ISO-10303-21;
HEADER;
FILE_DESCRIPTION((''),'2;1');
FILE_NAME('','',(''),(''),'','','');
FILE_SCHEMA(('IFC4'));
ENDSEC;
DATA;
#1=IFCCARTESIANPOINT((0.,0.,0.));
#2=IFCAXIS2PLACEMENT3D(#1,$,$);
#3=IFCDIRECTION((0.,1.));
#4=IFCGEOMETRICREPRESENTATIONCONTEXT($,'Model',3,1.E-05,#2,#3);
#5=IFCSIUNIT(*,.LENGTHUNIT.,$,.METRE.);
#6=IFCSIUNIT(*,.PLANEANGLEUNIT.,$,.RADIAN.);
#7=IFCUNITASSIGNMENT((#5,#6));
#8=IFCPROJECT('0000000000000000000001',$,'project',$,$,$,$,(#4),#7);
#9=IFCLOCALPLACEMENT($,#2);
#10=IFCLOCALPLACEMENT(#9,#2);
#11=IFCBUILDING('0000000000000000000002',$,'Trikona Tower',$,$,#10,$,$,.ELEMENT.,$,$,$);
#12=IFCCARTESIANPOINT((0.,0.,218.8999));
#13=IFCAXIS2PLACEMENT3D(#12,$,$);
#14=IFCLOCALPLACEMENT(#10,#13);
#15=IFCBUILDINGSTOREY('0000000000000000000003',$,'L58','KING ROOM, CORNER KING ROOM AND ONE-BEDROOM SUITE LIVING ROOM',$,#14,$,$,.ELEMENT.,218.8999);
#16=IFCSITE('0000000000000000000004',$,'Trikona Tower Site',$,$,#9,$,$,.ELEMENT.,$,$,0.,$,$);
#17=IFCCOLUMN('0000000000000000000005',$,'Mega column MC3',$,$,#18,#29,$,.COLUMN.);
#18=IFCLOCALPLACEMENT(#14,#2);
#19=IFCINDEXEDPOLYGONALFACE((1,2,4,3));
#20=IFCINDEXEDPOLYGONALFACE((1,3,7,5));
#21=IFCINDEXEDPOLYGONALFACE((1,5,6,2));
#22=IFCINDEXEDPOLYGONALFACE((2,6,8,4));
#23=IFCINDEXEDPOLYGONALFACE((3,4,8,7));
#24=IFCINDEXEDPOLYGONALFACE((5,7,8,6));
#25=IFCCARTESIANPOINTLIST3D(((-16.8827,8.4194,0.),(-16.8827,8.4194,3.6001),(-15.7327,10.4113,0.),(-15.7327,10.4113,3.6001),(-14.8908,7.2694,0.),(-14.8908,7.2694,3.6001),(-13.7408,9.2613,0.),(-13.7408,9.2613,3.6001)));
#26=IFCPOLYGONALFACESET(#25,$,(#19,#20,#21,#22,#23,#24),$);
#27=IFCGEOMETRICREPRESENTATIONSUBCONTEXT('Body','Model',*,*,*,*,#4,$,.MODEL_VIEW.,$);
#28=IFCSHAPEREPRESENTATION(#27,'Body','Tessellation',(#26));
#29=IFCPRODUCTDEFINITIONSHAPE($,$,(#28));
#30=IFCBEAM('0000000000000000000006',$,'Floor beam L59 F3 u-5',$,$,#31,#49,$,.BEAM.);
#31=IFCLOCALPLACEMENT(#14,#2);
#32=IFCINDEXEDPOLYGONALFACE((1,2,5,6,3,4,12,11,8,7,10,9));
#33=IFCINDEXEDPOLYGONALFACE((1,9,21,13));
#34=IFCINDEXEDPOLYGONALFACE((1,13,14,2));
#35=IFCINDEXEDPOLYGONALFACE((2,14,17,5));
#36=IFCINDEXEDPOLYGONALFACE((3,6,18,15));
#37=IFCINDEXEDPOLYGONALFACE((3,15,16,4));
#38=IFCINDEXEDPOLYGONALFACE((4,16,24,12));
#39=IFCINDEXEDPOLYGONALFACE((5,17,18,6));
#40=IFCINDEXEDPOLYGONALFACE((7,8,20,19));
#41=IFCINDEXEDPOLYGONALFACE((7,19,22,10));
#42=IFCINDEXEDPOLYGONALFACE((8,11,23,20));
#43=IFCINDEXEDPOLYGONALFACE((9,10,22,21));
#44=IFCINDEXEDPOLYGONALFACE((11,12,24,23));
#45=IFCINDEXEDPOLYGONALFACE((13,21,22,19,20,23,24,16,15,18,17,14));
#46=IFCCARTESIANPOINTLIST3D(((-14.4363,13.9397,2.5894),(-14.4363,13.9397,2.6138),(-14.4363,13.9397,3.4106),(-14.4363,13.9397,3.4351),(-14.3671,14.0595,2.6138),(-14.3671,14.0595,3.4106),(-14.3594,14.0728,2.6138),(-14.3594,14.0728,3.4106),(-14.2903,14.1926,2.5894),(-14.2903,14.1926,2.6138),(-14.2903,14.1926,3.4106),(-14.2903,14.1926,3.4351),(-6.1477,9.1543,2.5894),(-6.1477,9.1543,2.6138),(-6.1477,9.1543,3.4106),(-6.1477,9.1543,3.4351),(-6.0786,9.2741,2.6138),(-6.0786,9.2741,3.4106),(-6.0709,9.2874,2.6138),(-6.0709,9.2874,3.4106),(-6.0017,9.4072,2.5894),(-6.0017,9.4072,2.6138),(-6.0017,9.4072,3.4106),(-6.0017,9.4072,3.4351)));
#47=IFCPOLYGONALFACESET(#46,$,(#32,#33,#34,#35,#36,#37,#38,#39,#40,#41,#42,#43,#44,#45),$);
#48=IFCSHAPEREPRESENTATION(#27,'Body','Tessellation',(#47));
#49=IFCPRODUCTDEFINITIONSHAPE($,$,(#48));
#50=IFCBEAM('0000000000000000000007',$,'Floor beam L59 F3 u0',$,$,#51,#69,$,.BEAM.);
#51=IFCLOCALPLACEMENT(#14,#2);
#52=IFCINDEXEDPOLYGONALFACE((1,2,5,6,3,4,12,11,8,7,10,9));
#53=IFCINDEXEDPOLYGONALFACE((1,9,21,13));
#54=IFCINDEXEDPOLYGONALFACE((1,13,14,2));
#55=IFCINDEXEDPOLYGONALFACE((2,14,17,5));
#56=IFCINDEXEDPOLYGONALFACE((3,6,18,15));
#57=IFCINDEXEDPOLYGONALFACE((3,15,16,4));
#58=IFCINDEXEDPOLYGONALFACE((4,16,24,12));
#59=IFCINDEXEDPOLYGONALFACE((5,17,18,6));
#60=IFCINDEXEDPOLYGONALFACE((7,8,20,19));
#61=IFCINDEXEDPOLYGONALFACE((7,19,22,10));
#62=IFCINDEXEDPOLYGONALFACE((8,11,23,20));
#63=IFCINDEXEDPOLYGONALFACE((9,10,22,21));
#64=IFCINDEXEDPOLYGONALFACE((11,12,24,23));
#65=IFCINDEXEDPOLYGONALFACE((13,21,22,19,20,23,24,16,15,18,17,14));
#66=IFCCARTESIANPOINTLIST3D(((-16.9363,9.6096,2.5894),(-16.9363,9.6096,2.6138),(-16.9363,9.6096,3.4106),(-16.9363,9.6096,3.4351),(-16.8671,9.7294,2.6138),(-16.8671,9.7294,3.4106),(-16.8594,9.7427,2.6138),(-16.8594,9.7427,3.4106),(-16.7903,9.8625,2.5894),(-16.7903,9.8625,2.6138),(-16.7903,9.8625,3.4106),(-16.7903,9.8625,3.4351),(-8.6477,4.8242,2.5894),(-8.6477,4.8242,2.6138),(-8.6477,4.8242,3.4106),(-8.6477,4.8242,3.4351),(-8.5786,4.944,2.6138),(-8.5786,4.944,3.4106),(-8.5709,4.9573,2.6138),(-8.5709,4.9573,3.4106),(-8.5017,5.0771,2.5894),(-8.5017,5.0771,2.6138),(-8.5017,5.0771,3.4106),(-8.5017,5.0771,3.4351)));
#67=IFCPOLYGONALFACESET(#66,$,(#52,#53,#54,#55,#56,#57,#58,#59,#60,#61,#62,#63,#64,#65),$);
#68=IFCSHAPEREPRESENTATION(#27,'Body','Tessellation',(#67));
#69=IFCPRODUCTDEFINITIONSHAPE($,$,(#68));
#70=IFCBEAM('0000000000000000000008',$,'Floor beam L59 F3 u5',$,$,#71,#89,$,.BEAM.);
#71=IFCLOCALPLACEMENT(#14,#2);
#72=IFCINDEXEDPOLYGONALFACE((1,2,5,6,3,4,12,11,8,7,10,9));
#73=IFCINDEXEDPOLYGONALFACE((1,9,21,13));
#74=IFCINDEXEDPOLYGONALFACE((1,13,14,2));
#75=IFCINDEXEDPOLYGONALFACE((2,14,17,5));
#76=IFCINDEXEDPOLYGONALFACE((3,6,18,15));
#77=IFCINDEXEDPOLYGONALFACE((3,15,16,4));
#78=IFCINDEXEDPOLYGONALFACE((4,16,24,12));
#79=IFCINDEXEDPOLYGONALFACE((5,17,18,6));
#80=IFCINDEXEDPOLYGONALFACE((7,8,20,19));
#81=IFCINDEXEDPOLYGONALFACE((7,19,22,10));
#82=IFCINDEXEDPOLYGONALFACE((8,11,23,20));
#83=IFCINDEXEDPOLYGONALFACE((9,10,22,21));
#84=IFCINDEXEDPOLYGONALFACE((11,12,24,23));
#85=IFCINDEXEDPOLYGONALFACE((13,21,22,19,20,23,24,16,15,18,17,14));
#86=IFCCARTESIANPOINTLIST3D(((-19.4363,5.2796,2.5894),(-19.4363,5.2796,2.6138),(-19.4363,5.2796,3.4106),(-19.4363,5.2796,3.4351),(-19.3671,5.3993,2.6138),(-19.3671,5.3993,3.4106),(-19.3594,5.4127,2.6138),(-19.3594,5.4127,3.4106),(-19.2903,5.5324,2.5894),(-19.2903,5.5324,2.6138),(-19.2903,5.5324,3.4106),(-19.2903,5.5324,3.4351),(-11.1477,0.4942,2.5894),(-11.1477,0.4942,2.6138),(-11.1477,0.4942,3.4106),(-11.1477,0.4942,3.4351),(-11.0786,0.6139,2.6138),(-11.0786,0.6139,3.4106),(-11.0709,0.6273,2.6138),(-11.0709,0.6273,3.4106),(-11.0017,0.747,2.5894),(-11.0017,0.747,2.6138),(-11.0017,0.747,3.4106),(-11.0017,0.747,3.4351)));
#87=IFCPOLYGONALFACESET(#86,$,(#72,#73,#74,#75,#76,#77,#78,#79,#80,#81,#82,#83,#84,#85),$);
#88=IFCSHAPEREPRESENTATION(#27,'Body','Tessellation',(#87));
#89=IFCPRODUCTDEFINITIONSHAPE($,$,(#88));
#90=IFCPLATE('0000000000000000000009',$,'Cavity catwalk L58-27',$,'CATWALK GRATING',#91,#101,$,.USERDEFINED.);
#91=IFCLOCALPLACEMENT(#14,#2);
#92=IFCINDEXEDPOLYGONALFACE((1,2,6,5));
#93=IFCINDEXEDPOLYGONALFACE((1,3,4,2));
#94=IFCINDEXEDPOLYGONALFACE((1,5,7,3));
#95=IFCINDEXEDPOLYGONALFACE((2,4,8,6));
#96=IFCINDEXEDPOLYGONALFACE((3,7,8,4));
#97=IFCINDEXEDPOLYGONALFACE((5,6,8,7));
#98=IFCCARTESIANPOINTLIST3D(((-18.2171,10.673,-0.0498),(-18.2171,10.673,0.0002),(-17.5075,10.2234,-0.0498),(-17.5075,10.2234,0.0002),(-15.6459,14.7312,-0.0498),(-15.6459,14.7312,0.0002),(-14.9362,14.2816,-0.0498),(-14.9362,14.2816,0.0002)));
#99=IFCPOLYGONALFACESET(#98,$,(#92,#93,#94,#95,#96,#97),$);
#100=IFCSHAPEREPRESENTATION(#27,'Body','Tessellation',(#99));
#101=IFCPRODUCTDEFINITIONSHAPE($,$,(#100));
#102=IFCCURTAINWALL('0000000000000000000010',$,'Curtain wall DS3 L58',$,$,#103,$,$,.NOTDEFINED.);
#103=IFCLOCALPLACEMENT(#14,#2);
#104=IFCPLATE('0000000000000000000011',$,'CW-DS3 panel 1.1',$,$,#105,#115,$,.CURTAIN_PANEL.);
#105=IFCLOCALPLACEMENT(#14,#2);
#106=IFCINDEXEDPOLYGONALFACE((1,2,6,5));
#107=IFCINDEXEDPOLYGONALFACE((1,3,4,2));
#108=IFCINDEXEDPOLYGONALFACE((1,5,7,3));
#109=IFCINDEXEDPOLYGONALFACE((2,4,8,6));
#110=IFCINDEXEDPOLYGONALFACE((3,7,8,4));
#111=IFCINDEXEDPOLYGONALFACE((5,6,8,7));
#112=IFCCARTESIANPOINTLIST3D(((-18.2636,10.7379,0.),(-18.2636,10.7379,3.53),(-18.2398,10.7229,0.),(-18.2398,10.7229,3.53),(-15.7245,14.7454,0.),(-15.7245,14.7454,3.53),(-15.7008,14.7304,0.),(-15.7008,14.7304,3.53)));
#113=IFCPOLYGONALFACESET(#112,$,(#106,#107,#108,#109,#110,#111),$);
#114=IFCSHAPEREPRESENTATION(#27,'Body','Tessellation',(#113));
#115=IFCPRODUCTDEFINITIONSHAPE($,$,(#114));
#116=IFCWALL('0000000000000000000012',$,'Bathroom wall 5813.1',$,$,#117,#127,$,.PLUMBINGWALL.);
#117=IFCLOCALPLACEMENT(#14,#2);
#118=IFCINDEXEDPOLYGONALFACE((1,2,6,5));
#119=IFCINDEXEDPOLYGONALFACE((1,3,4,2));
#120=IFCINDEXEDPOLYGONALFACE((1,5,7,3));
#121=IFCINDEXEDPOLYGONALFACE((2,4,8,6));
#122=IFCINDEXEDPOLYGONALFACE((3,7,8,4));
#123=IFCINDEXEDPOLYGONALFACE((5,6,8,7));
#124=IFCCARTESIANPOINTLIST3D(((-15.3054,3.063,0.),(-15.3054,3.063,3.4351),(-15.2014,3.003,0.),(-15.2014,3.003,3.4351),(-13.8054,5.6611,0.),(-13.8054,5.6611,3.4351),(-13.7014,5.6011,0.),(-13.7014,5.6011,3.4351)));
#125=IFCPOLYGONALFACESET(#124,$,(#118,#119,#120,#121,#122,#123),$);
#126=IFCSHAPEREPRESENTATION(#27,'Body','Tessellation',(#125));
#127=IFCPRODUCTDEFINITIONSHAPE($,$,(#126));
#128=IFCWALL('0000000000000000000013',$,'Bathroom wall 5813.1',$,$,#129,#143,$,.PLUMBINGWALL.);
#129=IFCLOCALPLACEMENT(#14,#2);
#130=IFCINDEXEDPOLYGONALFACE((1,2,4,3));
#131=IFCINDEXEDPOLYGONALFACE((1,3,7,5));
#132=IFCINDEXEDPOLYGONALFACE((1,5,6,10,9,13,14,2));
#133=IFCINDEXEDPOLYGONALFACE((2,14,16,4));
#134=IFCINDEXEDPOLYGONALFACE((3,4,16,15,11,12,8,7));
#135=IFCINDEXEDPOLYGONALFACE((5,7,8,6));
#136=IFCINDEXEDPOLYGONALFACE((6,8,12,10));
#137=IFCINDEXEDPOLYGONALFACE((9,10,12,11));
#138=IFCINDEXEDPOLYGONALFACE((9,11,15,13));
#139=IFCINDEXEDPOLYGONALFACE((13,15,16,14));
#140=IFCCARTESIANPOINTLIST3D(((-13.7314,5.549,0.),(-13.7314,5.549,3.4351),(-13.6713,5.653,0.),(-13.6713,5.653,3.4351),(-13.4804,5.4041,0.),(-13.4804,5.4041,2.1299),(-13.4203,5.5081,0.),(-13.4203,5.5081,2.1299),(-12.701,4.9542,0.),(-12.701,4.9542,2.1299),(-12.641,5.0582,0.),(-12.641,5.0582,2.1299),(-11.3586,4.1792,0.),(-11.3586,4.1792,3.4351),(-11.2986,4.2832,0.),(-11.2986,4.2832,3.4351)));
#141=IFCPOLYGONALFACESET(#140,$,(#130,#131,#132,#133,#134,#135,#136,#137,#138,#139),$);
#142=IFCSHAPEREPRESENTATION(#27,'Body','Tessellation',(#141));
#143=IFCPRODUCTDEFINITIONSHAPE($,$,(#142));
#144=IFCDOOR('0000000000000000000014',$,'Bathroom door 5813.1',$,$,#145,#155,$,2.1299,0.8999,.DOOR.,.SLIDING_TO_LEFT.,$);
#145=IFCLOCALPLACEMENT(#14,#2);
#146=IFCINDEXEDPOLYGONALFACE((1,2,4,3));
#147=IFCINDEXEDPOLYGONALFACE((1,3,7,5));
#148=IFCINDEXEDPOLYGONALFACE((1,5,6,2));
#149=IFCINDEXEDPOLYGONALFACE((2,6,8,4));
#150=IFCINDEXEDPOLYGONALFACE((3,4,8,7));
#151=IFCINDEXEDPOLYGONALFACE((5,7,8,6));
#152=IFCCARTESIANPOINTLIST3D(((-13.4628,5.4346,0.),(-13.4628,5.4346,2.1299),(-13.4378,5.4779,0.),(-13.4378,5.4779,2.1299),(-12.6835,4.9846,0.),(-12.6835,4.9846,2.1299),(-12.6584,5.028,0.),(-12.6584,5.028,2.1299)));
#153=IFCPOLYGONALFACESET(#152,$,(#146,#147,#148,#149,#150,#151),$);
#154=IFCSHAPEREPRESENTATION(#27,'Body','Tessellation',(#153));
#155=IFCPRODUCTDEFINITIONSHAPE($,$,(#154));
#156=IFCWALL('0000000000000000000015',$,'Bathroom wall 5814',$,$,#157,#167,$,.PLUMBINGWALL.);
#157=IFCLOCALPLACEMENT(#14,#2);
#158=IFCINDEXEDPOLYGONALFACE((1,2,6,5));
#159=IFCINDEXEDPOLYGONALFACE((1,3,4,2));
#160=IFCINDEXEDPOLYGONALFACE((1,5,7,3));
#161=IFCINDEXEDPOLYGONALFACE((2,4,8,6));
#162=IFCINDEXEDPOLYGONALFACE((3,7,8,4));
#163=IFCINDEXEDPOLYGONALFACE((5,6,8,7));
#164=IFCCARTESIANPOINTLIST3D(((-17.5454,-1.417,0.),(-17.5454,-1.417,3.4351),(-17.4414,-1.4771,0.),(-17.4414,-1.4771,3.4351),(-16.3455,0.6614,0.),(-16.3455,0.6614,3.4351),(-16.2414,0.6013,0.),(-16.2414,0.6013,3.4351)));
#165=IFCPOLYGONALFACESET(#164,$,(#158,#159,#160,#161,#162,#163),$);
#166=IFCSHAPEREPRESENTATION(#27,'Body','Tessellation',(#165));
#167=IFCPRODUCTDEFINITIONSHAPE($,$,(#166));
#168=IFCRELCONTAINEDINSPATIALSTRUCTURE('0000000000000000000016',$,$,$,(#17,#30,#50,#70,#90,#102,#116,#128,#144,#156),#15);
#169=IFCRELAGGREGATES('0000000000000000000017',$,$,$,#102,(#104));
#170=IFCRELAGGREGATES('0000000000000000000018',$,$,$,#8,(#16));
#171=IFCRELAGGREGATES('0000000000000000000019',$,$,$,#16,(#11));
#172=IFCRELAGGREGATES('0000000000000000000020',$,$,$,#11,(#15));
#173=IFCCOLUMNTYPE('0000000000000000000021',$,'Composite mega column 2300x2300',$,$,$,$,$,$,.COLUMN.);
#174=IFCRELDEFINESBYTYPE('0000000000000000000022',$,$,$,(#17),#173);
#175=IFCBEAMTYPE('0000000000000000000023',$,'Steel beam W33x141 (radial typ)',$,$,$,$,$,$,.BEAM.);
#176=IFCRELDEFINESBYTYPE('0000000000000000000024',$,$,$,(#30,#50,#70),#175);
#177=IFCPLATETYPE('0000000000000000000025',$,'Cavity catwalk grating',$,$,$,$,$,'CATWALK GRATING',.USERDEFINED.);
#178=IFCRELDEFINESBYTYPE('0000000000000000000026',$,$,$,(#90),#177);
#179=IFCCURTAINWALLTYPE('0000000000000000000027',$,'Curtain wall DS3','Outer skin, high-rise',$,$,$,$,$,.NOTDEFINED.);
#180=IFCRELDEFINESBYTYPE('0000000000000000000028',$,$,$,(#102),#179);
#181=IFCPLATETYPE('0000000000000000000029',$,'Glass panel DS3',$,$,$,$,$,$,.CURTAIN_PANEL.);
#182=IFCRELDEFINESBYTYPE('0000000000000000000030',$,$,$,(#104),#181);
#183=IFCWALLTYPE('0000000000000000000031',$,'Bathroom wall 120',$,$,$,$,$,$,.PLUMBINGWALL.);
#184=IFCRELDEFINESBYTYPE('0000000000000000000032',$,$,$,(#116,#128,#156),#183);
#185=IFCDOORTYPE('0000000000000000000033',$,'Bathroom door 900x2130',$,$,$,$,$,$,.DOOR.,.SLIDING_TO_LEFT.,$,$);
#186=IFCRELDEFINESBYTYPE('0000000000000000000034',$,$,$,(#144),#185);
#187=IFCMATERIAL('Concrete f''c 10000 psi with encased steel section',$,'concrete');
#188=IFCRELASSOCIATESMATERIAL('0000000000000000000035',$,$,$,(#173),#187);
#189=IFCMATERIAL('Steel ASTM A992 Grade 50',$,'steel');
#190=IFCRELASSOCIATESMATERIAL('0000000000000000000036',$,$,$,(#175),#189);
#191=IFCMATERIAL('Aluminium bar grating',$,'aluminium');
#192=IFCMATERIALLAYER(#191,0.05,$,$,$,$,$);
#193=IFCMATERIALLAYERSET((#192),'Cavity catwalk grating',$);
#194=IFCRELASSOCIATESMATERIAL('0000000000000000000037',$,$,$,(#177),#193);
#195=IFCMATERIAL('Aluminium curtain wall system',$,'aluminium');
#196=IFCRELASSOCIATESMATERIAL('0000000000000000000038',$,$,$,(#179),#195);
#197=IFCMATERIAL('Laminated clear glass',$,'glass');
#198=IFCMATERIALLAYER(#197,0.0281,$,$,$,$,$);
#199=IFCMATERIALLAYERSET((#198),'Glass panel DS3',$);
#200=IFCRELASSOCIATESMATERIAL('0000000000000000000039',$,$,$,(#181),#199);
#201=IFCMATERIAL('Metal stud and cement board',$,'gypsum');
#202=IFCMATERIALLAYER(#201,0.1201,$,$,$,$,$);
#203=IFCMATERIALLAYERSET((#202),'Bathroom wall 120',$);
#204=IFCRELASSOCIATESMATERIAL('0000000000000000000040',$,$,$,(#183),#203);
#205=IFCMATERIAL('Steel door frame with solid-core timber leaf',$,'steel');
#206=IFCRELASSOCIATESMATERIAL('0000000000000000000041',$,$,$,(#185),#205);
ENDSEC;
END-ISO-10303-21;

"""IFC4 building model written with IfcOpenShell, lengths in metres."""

from ifc_helpers import new_model, si_unit, direction, frame, frame_2d, origin, origin_2d, place, context, subcontext, project, spatial, rectangle, i_section, extrude, material, layer, layer_set, material_profile, profile_set, type_object, element, fill, aggregate, save


model = new_model("IFC4")

# Units and contexts
model_context = context("Model", 3, precision=1e-05, world=origin(), true_north=direction((0.0, 1.0)))
body_context = subcontext(model_context, "Body", "Model", "MODEL_VIEW")
ifc_project = project(units=[si_unit("LENGTHUNIT", "METRE"), si_unit("PLANEANGLEUNIT", "RADIAN")], contexts=[model_context])

# Site, building, storey
site_placement = place(None, origin())
site = spatial("IfcSite", under=ifc_project, at=site_placement, Name="Trikona Tower Site", CompositionType="ELEMENT", RefElevation=0.0)
building_placement = place(site_placement, origin())
building = spatial("IfcBuilding", under=site, at=building_placement, Name="Trikona Tower", CompositionType="ELEMENT")
storey_placement = place(building_placement, frame((0.0, 0.0, 218.8999)))
storey = spatial("IfcBuildingStorey", under=building, at=storey_placement, Name="L58", Description="KING ROOM, CORNER KING ROOM AND ONE-BEDROOM SUITE LIVING ROOM", CompositionType="ELEMENT", Elevation=218.8999)

# Column
ifc_material_1 = material(Name="Concrete f'c 10000 psi with encased steel section", Category="concrete")
ifc_material_profile_1 = material_profile(ifc_material_1, rectangle(XDim=2.3, YDim=2.3, at=origin_2d()), Name="MC2300")
ifc_profile_set_1 = profile_set([ifc_material_profile_1], Name="Concrete f'c 10000 psi with encased steel section")
column_type = type_object("IfcColumnType", Name="Composite mega column 2300x2300", PredefinedType="COLUMN", material=ifc_profile_set_1)
column_placement = place(storey_placement, frame((-15.3118, 8.8403, 0.0), z_axis=(0.0, 0.0, 1.0), x_axis=(-0.866025, 0.5, 0.0)))
element("IfcColumn", 1, at=column_placement, inside=storey, type_object=column_type, Name="Mega column MC3", PredefinedType="COLUMN", context=body_context, shape_type="SweptSolid", body=[
    extrude(rectangle(XDim=2.3, YDim=2.3, at=origin_2d()), origin(), (0.0, 0.0, 1.0), 3.6001),
])

# Beams
ifc_material_2 = material(Name="Steel ASTM A992 Grade 50", Category="steel")
ifc_material_profile_2 = material_profile(ifc_material_2, i_section(OverallWidth=0.292, OverallDepth=0.8457, WebThickness=0.0154, FlangeThickness=0.0244, at=origin_2d()), Name="W33X141")
ifc_profile_set_2 = profile_set([ifc_material_profile_2], Name="Steel ASTM A992 Grade 50")
beam_type = type_object("IfcBeamType", Name="Steel beam W33x141 (radial typ)", PredefinedType="BEAM", material=ifc_profile_set_2)
for number, where, z_axis, x_axis, name in (
    (2, (-6.0747, 9.2808, 3.0122), (-0.866026, 0.499999, 0.0), (-0.499999, -0.866026, 0.0), "Floor beam L59 F3 u-5"),
    (3, (-8.5747, 4.9507, 3.0122), (-0.866026, 0.499999, 0.0), (-0.499999, -0.866026, 0.0), "Floor beam L59 F3 u0"),
    (4, (-11.0747, 0.6206, 3.0122), (-0.866026, 0.499999, 0.0), (-0.499999, -0.866026, 0.0), "Floor beam L59 F3 u5"),
):
    element("IfcBeam", number, at=place(storey_placement, frame(where, z_axis=z_axis, x_axis=x_axis)), inside=storey, type_object=beam_type, Name=name, PredefinedType="BEAM", context=body_context, shape_type="SweptSolid", body=[
        extrude(i_section(OverallWidth=0.292, OverallDepth=0.8457, WebThickness=0.0154, FlangeThickness=0.0244, at=origin_2d()), origin(), (0.0, 0.0, 1.0), 9.5708),
    ])

# Plate
ifc_material_3 = material(Name="Aluminium bar grating", Category="aluminium")
ifc_layer_1 = layer(ifc_material_3, 0.05)
ifc_layer_set_1 = layer_set([ifc_layer_1], Name="Cavity catwalk grating")
plate_type_1 = type_object("IfcPlateType", Name="Cavity catwalk grating", ElementType="CATWALK GRATING", PredefinedType="USERDEFINED", material=ifc_layer_set_1)
plate_1_placement = place(storey_placement, frame((-16.5767, 12.4773, -0.0498), z_axis=(0.0, 0.0, 1.0), x_axis=(-0.535205, -0.844722, 0.0)))
element("IfcPlate", 5, at=plate_1_placement, inside=storey, type_object=plate_type_1, Name="Cavity catwalk L58-27", ObjectType="CATWALK GRATING", PredefinedType="USERDEFINED", context=body_context, shape_type="SweptSolid", body=[
    extrude(rectangle(XDim=4.8042, YDim=0.8401, at=origin_2d()), origin(), (0.0, 0.0, 1.0), 0.05),
])

# Curtain wall, plate
ifc_material_4 = material(Name="Aluminium curtain wall system", Category="aluminium")
curtain_wall_type = type_object("IfcCurtainWallType", Name="Curtain wall DS3", Description="Outer skin, high-rise", PredefinedType="NOTDEFINED", material=ifc_material_4)
curtain_wall_placement = place(storey_placement, origin())
curtain_wall = element("IfcCurtainWall", 6, at=curtain_wall_placement, inside=storey, type_object=curtain_wall_type, Name="Curtain wall DS3 L58", PredefinedType="NOTDEFINED")
ifc_material_5 = material(Name="Laminated clear glass", Category="glass")
ifc_layer_2 = layer(ifc_material_5, 0.0281)
ifc_layer_set_2 = layer_set([ifc_layer_2], Name="Glass panel DS3")
plate_type_2 = type_object("IfcPlateType", Name="Glass panel DS3", PredefinedType="CURTAIN_PANEL", material=ifc_layer_set_2)
plate_2_placement = place(storey_placement, frame((-16.9822, 12.7341, 0.0), z_axis=(0.0, 0.0, 1.0), x_axis=(-0.535197, -0.844727, 0.0)))
plate_2 = element("IfcPlate", 7, at=plate_2_placement, type_object=plate_type_2, Name="CW-DS3 panel 1.1", PredefinedType="CURTAIN_PANEL", context=body_context, shape_type="SweptSolid", body=[
    extrude(rectangle(XDim=4.7441, YDim=0.0281, at=origin_2d()), origin(), (0.0, 0.0, 1.0), 3.53),
])
aggregate(curtain_wall, [plate_2])

# Wall
ifc_material_6 = material(Name="Metal stud and cement board", Category="gypsum")
ifc_layer_3 = layer(ifc_material_6, 0.1201)
ifc_layer_set_3 = layer_set([ifc_layer_3], Name="Bathroom wall 120")
wall_type_1 = type_object("IfcWallType", Name="Bathroom wall 120", PredefinedType="PLUMBINGWALL", material=ifc_layer_set_3)
wall_1_placement = place(storey_placement, frame((-13.7534, 5.6311, 0.0), z_axis=(0.0, 0.0, 1.0), x_axis=(-0.49999, -0.866031, 0.0)))
element("IfcWall", 8, at=wall_1_placement, inside=storey, type_object=wall_type_1, Name="Bathroom wall 5813.1", PredefinedType="PLUMBINGWALL", context=body_context, shape_type="SweptSolid", body=[
    extrude(rectangle(XDim=3.0, YDim=0.1201, at=frame_2d((1.5, 0.0))), origin(), (0.0, 0.0, 1.0), 3.4351),
])

# Wall, opening, door
wall_2_placement = place(storey_placement, frame((-11.3286, 4.2312, 0.0), z_axis=(0.0, 0.0, 1.0), x_axis=(-0.866036, 0.499982, 0.0)))
wall_2 = element("IfcWall", 9, at=wall_2_placement, inside=storey, type_object=wall_type_1, Name="Bathroom wall 5813.1", PredefinedType="PLUMBINGWALL", context=body_context, shape_type="SweptSolid", body=[
    extrude(rectangle(XDim=2.7397, YDim=0.1201, at=frame_2d((1.3699, 0.0))), origin(), (0.0, 0.0, 1.0), 3.4351),
])
opening_1_placement = place(wall_2_placement, frame((1.55, 0.0, 0.0)))
opening_1 = element("IfcOpeningElement", 10, at=opening_1_placement, cuts=wall_2, PredefinedType="OPENING", context=body_context, shape_type="SweptSolid", body=[
    extrude(rectangle(XDim=0.8999, YDim=2.1299, at=frame_2d((0.45, 1.0649))), frame((0.0, 0.0701, 0.0), z_axis=(0.0, -1.0, 0.0), x_axis=(1.0, 0.0, 0.0)), (0.0, 0.0, 1.0), 0.1401),
])
ifc_material_7 = material(Name="Steel door frame with solid-core timber leaf", Category="steel")
door_type_1 = type_object("IfcDoorType", Name="Bathroom door 900x2130", OperationType="SLIDING_TO_LEFT", PredefinedType="DOOR", material=ifc_material_7)
door_1_placement = place(opening_1_placement, origin())
door_1 = element("IfcDoor", 11, at=door_1_placement, inside=storey, type_object=door_type_1, Name="Bathroom door 5813.1", OperationType="SLIDING_TO_LEFT", OverallHeight=2.1299, OverallWidth=0.8999, PredefinedType="DOOR", context=body_context, shape_type="SweptSolid", body=[
    extrude(rectangle(XDim=0.8999, YDim=2.1299, at=frame_2d((0.45, 1.0649))), frame((0.0, 0.0249, 0.0), z_axis=(0.0, -1.0, 0.0), x_axis=(1.0, 0.0, 0.0)), (0.0, 0.0, 1.0), 0.05),
])
fill(opening_1, door_1)

# Wall
wall_3_placement = place(storey_placement, frame((-16.2935, 0.6313, 0.0), z_axis=(0.0, 0.0, 1.0), x_axis=(-0.500001, -0.866025, 0.0)))
element("IfcWall", 12, at=wall_3_placement, inside=storey, type_object=wall_type_1, Name="Bathroom wall 5814", PredefinedType="PLUMBINGWALL", context=body_context, shape_type="SweptSolid", body=[
    extrude(rectangle(XDim=2.3999, YDim=0.1201, at=frame_2d((1.2, 0.0))), origin(), (0.0, 0.0, 1.0), 3.4351),
])

save(model, "model.ifc")
